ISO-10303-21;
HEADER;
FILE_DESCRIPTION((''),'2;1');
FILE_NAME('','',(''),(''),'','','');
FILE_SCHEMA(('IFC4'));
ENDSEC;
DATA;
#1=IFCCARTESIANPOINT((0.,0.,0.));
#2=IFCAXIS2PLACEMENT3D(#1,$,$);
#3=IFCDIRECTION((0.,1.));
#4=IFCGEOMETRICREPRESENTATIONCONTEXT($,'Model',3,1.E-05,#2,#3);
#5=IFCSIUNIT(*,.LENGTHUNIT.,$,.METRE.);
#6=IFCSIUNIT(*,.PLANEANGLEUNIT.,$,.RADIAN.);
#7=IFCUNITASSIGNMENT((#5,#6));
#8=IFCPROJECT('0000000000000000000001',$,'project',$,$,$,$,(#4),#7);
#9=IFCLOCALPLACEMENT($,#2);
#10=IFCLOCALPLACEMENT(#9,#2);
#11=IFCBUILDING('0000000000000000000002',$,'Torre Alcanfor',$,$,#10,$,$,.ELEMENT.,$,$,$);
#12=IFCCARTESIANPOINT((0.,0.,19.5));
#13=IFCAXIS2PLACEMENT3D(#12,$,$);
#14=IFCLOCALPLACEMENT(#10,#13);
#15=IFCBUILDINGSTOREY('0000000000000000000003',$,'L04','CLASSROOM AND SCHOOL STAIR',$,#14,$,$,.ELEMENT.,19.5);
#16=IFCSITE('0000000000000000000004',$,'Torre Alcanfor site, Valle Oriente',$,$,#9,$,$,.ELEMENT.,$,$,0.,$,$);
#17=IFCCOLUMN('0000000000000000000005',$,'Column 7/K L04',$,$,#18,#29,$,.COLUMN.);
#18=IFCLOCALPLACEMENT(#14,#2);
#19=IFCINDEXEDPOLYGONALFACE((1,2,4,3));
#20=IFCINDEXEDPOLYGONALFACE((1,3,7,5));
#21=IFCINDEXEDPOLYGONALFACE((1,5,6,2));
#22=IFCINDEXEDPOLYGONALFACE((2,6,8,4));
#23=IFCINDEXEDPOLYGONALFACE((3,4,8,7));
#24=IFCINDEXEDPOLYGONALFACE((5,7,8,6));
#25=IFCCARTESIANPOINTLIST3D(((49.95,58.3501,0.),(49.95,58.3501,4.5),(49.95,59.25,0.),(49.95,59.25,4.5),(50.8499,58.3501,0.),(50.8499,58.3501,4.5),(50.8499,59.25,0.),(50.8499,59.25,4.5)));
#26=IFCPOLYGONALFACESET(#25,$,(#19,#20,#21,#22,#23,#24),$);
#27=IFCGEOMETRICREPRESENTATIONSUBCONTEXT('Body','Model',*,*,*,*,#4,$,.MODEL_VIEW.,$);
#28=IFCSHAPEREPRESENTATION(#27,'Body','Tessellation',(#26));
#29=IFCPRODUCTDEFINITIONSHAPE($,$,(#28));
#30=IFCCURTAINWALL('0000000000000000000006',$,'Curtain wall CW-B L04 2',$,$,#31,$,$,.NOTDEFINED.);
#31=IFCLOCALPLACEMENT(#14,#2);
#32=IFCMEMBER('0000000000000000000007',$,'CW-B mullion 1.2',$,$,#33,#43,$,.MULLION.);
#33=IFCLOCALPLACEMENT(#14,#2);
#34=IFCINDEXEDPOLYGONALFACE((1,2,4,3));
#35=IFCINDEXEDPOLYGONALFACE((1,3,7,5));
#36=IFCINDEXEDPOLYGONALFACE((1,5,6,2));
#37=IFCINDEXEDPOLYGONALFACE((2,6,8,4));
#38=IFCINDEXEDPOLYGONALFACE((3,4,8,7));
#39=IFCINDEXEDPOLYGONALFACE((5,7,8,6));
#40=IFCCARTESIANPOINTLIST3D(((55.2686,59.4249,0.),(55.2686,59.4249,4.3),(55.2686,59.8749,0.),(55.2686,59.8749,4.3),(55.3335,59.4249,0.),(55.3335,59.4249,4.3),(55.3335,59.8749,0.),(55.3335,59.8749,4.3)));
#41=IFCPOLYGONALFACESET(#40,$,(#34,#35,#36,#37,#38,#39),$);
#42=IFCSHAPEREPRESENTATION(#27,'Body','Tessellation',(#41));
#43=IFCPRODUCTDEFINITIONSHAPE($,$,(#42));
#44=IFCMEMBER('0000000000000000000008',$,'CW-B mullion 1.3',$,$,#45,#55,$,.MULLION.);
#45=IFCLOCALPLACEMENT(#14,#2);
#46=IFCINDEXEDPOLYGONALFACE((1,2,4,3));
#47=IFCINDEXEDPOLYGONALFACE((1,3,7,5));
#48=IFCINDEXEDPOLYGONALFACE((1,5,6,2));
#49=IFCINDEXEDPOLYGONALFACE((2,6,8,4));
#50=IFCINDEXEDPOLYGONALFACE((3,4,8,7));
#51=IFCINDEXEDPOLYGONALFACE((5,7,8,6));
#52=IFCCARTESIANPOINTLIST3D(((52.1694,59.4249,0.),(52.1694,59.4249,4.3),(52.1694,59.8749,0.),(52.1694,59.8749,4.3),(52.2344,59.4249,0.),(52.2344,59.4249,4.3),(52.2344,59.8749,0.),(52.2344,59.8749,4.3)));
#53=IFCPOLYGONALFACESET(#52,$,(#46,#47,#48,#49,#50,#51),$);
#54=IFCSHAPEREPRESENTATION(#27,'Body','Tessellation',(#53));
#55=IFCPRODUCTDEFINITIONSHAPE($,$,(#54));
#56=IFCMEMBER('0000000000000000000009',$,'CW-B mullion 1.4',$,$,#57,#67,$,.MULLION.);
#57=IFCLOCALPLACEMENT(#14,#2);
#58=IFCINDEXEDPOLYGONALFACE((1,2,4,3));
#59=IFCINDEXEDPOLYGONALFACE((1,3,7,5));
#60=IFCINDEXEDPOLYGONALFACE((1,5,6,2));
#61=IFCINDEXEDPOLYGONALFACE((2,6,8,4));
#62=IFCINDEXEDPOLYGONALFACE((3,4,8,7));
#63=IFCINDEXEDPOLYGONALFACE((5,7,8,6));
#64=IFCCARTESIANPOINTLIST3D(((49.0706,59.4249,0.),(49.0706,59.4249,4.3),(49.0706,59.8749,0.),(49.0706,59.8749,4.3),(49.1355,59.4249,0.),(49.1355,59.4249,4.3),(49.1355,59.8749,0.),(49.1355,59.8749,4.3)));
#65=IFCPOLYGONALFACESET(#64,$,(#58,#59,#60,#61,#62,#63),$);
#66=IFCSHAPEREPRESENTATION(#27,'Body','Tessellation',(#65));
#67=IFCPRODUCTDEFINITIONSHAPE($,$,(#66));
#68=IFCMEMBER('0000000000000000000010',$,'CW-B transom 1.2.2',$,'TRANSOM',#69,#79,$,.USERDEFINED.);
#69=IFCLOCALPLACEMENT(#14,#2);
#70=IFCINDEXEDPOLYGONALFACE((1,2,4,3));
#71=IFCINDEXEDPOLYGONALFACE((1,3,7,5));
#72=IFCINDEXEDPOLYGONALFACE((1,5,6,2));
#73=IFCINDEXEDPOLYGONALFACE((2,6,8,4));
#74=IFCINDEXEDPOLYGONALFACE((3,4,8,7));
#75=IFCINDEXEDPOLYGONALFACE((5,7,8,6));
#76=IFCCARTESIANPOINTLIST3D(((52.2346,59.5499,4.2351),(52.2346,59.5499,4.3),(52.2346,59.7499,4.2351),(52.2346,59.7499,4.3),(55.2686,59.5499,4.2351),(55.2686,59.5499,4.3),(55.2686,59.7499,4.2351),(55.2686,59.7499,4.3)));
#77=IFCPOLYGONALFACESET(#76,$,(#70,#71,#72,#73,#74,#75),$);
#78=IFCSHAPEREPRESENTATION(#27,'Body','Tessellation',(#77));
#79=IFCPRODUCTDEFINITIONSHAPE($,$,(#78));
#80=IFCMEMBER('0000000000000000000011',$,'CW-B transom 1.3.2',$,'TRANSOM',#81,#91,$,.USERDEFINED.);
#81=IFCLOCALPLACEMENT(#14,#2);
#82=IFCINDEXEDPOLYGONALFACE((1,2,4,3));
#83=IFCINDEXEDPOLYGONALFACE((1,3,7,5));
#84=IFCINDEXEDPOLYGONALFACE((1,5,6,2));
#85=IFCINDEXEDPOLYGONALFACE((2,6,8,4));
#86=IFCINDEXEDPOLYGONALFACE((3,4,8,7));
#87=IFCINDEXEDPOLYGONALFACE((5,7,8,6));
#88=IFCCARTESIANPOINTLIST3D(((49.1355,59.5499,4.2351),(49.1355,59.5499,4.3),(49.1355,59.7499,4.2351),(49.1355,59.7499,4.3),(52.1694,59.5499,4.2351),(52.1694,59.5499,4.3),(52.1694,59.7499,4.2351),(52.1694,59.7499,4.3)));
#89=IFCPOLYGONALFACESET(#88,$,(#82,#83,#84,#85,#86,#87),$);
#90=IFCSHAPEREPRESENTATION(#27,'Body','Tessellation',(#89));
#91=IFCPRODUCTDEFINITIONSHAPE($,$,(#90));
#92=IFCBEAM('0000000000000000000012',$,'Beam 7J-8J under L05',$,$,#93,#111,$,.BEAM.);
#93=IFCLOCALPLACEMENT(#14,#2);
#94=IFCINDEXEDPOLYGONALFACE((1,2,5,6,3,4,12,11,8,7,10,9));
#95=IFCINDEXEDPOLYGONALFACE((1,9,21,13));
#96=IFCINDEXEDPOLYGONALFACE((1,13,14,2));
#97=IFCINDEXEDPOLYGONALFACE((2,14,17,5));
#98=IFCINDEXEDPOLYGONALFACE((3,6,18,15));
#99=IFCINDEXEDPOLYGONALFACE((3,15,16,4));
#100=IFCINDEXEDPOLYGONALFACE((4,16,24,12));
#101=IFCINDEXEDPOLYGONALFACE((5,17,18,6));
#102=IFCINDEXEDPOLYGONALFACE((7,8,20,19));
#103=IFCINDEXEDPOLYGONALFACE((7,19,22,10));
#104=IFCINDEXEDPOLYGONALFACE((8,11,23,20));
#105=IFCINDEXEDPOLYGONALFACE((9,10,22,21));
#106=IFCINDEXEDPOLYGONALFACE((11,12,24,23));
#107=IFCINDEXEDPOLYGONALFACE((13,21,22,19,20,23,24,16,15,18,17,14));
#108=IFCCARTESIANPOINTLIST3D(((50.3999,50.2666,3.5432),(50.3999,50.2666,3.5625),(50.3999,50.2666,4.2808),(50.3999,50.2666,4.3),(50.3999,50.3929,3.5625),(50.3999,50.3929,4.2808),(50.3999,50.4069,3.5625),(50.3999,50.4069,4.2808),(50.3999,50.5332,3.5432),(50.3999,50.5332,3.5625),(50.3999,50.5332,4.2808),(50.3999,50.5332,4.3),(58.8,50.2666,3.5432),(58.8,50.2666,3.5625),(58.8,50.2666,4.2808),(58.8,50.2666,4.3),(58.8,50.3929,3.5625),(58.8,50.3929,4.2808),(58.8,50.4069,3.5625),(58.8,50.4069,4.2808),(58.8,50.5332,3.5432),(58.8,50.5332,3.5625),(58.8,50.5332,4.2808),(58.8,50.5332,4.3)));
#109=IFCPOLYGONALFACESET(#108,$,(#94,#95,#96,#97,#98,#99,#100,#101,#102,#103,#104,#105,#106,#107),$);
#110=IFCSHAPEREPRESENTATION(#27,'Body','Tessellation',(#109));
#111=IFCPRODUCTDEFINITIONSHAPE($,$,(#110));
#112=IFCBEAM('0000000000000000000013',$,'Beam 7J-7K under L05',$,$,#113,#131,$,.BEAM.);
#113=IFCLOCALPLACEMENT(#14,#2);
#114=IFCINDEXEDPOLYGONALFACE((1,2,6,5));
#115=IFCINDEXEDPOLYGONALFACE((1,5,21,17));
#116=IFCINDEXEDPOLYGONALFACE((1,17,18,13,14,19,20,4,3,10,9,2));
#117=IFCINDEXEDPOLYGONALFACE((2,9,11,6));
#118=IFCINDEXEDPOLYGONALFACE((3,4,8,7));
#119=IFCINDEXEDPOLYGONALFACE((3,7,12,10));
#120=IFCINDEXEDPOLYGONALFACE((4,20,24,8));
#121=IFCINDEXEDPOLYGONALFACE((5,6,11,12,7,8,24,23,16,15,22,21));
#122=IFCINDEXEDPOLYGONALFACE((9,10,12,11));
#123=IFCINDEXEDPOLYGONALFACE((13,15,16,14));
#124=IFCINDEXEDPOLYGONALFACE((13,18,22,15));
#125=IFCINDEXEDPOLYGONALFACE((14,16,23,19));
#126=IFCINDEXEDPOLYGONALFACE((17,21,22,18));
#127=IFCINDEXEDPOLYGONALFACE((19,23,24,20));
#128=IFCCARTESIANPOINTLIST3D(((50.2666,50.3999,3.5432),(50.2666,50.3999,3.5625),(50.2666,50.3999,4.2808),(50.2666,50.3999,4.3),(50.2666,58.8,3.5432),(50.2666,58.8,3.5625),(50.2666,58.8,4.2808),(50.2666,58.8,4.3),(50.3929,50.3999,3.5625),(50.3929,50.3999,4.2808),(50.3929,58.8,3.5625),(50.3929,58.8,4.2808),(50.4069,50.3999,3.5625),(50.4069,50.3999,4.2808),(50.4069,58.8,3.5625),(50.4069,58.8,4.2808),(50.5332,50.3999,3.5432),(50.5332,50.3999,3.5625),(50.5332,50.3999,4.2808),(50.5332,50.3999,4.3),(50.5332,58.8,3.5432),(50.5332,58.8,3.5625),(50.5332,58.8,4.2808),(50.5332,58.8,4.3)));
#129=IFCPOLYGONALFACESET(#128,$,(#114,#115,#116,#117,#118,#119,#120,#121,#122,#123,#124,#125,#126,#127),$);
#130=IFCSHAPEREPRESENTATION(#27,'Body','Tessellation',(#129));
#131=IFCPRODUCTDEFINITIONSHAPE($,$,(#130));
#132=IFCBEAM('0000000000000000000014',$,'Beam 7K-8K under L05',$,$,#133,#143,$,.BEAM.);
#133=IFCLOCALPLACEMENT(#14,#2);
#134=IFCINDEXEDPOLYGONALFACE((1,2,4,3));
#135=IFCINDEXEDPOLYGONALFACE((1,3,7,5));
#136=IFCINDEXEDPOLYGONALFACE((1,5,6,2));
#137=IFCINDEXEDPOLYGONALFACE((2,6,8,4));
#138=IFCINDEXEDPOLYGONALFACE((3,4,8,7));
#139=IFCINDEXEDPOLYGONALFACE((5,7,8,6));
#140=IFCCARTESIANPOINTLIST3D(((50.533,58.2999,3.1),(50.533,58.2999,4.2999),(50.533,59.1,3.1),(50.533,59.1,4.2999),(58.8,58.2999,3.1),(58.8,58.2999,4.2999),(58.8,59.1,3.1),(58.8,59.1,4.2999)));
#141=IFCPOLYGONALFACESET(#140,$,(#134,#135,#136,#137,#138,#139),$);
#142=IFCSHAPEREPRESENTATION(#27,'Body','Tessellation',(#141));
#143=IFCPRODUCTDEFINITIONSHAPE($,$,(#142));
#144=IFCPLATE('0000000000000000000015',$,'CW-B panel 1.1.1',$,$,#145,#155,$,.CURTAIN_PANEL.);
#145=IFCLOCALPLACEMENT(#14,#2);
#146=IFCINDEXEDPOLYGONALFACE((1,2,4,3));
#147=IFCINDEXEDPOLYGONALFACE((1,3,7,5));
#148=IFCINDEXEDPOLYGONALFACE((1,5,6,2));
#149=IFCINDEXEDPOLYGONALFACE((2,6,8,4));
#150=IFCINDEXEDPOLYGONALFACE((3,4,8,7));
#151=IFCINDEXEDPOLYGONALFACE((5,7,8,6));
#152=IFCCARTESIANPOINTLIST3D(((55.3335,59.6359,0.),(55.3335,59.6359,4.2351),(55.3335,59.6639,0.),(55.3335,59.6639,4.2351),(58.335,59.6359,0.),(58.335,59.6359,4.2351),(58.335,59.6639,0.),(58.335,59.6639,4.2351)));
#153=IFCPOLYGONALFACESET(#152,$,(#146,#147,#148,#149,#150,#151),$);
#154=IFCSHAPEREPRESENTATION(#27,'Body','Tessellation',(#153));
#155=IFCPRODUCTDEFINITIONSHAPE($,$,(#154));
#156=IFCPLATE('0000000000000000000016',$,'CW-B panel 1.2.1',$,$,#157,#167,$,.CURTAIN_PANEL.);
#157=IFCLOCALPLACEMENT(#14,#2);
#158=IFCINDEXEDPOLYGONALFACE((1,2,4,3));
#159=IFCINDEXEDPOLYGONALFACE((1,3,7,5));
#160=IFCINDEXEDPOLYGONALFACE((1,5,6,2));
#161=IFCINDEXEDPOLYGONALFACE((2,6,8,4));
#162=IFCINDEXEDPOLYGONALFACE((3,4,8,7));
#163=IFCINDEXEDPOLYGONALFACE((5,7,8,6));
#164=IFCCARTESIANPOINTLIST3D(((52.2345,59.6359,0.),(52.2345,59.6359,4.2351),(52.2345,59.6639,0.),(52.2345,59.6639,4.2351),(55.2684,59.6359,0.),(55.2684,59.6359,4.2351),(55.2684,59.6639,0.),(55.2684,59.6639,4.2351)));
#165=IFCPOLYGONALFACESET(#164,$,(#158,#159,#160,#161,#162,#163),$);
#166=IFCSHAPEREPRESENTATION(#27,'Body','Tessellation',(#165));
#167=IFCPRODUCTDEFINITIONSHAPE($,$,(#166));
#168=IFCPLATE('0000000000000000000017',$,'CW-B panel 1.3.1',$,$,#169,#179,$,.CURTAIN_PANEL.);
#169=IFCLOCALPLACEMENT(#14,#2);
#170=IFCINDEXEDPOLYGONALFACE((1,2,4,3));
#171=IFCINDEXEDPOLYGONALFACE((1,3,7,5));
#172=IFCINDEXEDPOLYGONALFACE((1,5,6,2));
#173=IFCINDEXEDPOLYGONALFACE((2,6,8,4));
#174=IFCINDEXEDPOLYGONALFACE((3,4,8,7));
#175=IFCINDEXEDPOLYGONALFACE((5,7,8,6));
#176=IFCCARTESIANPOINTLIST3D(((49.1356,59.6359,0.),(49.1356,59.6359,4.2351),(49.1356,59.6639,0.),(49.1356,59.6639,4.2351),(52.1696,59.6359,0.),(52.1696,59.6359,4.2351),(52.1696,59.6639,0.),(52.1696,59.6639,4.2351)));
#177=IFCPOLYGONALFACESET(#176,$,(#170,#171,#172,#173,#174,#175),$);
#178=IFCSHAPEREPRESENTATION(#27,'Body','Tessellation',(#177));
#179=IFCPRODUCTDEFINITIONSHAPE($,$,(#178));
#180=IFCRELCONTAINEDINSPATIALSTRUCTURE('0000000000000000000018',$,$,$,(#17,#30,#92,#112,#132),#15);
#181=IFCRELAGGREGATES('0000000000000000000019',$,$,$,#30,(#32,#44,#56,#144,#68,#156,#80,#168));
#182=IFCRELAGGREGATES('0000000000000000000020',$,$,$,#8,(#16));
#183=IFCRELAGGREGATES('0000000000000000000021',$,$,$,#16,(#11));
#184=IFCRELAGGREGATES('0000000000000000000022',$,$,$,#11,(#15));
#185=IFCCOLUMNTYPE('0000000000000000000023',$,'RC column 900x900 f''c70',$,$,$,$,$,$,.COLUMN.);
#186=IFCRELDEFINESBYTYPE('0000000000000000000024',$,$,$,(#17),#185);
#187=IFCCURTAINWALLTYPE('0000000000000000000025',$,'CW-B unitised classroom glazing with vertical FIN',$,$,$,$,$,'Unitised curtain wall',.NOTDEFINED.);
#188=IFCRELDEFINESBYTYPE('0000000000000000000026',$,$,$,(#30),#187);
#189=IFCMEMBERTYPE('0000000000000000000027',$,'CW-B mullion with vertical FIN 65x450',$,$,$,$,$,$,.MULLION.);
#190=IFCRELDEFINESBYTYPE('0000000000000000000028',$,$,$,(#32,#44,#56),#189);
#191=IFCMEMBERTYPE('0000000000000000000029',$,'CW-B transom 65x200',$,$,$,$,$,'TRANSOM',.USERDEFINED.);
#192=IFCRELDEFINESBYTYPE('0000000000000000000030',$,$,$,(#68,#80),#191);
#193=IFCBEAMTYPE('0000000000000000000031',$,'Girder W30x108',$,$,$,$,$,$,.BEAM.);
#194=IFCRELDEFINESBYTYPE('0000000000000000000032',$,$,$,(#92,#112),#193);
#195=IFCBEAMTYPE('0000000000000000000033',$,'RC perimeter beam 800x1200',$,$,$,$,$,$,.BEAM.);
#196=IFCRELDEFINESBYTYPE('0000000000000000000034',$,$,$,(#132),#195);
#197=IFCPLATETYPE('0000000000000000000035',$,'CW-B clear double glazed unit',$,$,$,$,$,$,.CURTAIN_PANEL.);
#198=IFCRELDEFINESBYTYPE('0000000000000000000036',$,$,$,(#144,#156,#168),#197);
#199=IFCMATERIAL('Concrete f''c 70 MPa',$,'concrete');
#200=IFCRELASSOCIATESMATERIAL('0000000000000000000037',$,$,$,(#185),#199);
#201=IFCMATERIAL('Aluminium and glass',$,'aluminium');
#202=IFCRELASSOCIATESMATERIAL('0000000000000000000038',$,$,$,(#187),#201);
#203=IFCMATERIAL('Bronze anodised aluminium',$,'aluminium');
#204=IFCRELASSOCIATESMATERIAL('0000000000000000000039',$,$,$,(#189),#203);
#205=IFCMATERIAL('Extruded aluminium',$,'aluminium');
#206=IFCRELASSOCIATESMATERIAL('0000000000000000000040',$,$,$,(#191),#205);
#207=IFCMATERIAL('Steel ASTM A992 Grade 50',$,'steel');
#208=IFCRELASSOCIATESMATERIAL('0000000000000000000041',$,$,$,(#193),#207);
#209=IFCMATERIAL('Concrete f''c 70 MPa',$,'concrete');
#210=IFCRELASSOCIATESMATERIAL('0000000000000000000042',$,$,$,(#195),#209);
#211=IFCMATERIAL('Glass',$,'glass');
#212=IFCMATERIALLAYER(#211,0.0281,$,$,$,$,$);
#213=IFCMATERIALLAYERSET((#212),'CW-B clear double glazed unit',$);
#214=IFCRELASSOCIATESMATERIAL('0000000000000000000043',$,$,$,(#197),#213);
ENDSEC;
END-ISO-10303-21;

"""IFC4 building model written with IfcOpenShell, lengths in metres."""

from ifc_helpers import new_model, si_unit, direction, frame, origin, origin_2d, place, context, subcontext, project, spatial, rectangle, i_section, extrude, material, layer, layer_set, material_profile, profile_set, type_object, element, aggregate, save


model = new_model("IFC4")

# Units and contexts
model_context = context("Model", 3, precision=1e-05, world=origin(), true_north=direction((0.0, 1.0)))
body_context = subcontext(model_context, "Body", "Model", "MODEL_VIEW")
ifc_project = project(units=[si_unit("LENGTHUNIT", "METRE"), si_unit("PLANEANGLEUNIT", "RADIAN")], contexts=[model_context])

# Site, building, storey
site_placement = place(None, origin())
site = spatial("IfcSite", under=ifc_project, at=site_placement, Name="Torre Alcanfor site, Valle Oriente", CompositionType="ELEMENT", RefElevation=0.0)
building_placement = place(site_placement, origin())
building = spatial("IfcBuilding", under=site, at=building_placement, Name="Torre Alcanfor", CompositionType="ELEMENT")
storey_placement = place(building_placement, frame((0.0, 0.0, 19.5)))
storey = spatial("IfcBuildingStorey", under=building, at=storey_placement, Name="L04", Description="CLASSROOM AND SCHOOL STAIR", CompositionType="ELEMENT", Elevation=19.5)

# Column
ifc_material_1 = material(Name="Concrete f'c 70 MPa", Category="concrete")
ifc_material_profile_1 = material_profile(ifc_material_1, rectangle(XDim=0.8999, YDim=0.8999, at=origin_2d()), Name="900x900")
ifc_profile_set_1 = profile_set([ifc_material_profile_1], Name="Concrete f'c 70 MPa")
column_type = type_object("IfcColumnType", Name="RC column 900x900 f'c70", PredefinedType="COLUMN", material=ifc_profile_set_1)
column_placement = place(storey_placement, frame((50.3999, 58.8, 0.0), z_axis=(0.0, 0.0, 1.0), x_axis=(1.0, 0.0, 0.0)))
element("IfcColumn", 1, at=column_placement, inside=storey, type_object=column_type, Name="Column 7/K L04", PredefinedType="COLUMN", context=body_context, shape_type="SweptSolid", body=[
    extrude(rectangle(XDim=0.8999, YDim=0.8999, at=origin_2d()), origin(), (0.0, 0.0, 1.0), 4.5),
])

# Curtain wall, members
ifc_material_2 = material(Name="Aluminium and glass", Category="aluminium")
curtain_wall_type = type_object("IfcCurtainWallType", Name="CW-B unitised classroom glazing with vertical FIN", ElementType="Unitised curtain wall", PredefinedType="NOTDEFINED", material=ifc_material_2)
curtain_wall_placement = place(storey_placement, origin())
curtain_wall = element("IfcCurtainWall", 2, at=curtain_wall_placement, inside=storey, type_object=curtain_wall_type, Name="Curtain wall CW-B L04 2", PredefinedType="NOTDEFINED")
ifc_material_3 = material(Name="Bronze anodised aluminium", Category="aluminium")
ifc_material_profile_2 = material_profile(ifc_material_3, rectangle(XDim=0.45, YDim=0.0649, at=origin_2d()), Name="CW-B mullion 65x450")
ifc_profile_set_2 = profile_set([ifc_material_profile_2], Name="Bronze anodised aluminium")
member_type_1 = type_object("IfcMemberType", Name="CW-B mullion with vertical FIN 65x450", PredefinedType="MULLION", material=ifc_profile_set_2)
member_1_placement = place(storey_placement, frame((55.301, 59.6499, 0.0), z_axis=(0.0, 0.0, 1.0), x_axis=(0.0, -1.0, 0.0)))
member_1 = element("IfcMember", 3, at=member_1_placement, type_object=member_type_1, Name="CW-B mullion 1.2", PredefinedType="MULLION", context=body_context, shape_type="SweptSolid", body=[
    extrude(rectangle(XDim=0.45, YDim=0.0649, at=origin_2d()), origin(), (0.0, 0.0, 1.0), 4.3),
])
member_2_placement = place(storey_placement, frame((52.2019, 59.6499, 0.0), z_axis=(0.0, 0.0, 1.0), x_axis=(0.0, -1.0, 0.0)))
member_2 = element("IfcMember", 4, at=member_2_placement, type_object=member_type_1, Name="CW-B mullion 1.3", PredefinedType="MULLION", context=body_context, shape_type="SweptSolid", body=[
    extrude(rectangle(XDim=0.45, YDim=0.0649, at=origin_2d()), origin(), (0.0, 0.0, 1.0), 4.3),
])
member_3_placement = place(storey_placement, frame((49.103, 59.6499, 0.0), z_axis=(0.0, 0.0, 1.0), x_axis=(0.0, -1.0, 0.0)))
member_3 = element("IfcMember", 5, at=member_3_placement, type_object=member_type_1, Name="CW-B mullion 1.4", PredefinedType="MULLION", context=body_context, shape_type="SweptSolid", body=[
    extrude(rectangle(XDim=0.45, YDim=0.0649, at=origin_2d()), origin(), (0.0, 0.0, 1.0), 4.3),
])
ifc_material_4 = material(Name="Extruded aluminium", Category="aluminium")
ifc_material_profile_3 = material_profile(ifc_material_4, rectangle(XDim=0.2, YDim=0.0649, at=origin_2d()), Name="CW-B transom 200x65")
ifc_profile_set_3 = profile_set([ifc_material_profile_3], Name="Extruded aluminium")
member_type_2 = type_object("IfcMemberType", Name="CW-B transom 65x200", ElementType="TRANSOM", PredefinedType="USERDEFINED", material=ifc_profile_set_3)
member_4_placement = place(storey_placement, frame((55.2686, 59.6499, 4.2676), z_axis=(-1.0, 0.0, 0.0), x_axis=(0.0, -1.0, 0.0)))
member_4 = element("IfcMember", 6, at=member_4_placement, type_object=member_type_2, Name="CW-B transom 1.2.2", ObjectType="TRANSOM", PredefinedType="USERDEFINED", context=body_context, shape_type="SweptSolid", body=[
    extrude(rectangle(XDim=0.2, YDim=0.0649, at=origin_2d()), origin(), (0.0, 0.0, 1.0), 3.0339),
])
member_5_placement = place(storey_placement, frame((52.1694, 59.6499, 4.2676), z_axis=(-1.0, 0.0, 0.0), x_axis=(0.0, -1.0, 0.0)))
member_5 = element("IfcMember", 7, at=member_5_placement, type_object=member_type_2, Name="CW-B transom 1.3.2", ObjectType="TRANSOM", PredefinedType="USERDEFINED", context=body_context, shape_type="SweptSolid", body=[
    extrude(rectangle(XDim=0.2, YDim=0.0649, at=origin_2d()), origin(), (0.0, 0.0, 1.0), 3.0339),
])

# Beams
ifc_material_5 = material(Name="Steel ASTM A992 Grade 50", Category="steel")
ifc_material_profile_4 = material_profile(ifc_material_5, i_section(OverallWidth=0.2666, OverallDepth=0.7568, WebThickness=0.0139, FlangeThickness=0.0193, at=origin_2d()), Name="W30x108")
ifc_profile_set_4 = profile_set([ifc_material_profile_4], Name="Steel ASTM A992 Grade 50")
beam_type_1 = type_object("IfcBeamType", Name="Girder W30x108", PredefinedType="BEAM", material=ifc_profile_set_4)
for number, where, z_axis, x_axis, name in (
    (8, (50.3999, 50.3999, 3.9216), (1.0, 0.0, 0.0), (0.0, 1.0, 0.0), "Beam 7J-8J under L05"),
    (9, (50.3999, 50.3999, 3.9216), (0.0, 1.0, 0.0), (-1.0, 0.0, 0.0), "Beam 7J-7K under L05"),
):
    element("IfcBeam", number, at=place(storey_placement, frame(where, z_axis=z_axis, x_axis=x_axis)), inside=storey, type_object=beam_type_1, Name=name, PredefinedType="BEAM", context=body_context, shape_type="SweptSolid", body=[
        extrude(i_section(OverallWidth=0.2666, OverallDepth=0.7568, WebThickness=0.0139, FlangeThickness=0.0193, at=origin_2d()), origin(), (0.0, 0.0, 1.0), 8.4001),
    ])
ifc_material_6 = material(Name="Concrete f'c 70 MPa", Category="concrete")
ifc_material_profile_5 = material_profile(ifc_material_6, rectangle(XDim=0.8, YDim=1.2, at=origin_2d()), Name="800x1200")
ifc_profile_set_5 = profile_set([ifc_material_profile_5], Name="Concrete f'c 70 MPa")
beam_type_2 = type_object("IfcBeamType", Name="RC perimeter beam 800x1200", PredefinedType="BEAM", material=ifc_profile_set_5)
beam_placement = place(storey_placement, frame((50.533, 58.7, 3.7), z_axis=(1.0, 0.0, 0.0), x_axis=(0.0, 1.0, 0.0)))
element("IfcBeam", 10, at=beam_placement, inside=storey, type_object=beam_type_2, Name="Beam 7K-8K under L05", PredefinedType="BEAM", context=body_context, shape_type="SweptSolid", body=[
    extrude(rectangle(XDim=0.8, YDim=1.2, at=origin_2d()), origin(), (0.0, 0.0, 1.0), 8.2671),
])

# Plates
ifc_material_7 = material(Name="Glass", Category="glass")
ifc_layer_1 = layer(ifc_material_7, 0.0281)
ifc_layer_set_1 = layer_set([ifc_layer_1], Name="CW-B clear double glazed unit")
plate_type = type_object("IfcPlateType", Name="CW-B clear double glazed unit", PredefinedType="CURTAIN_PANEL", material=ifc_layer_set_1)
plate_1_placement = place(storey_placement, frame((56.8342, 59.6499, 0.0), z_axis=(0.0, 0.0, 1.0), x_axis=(-1.0, 0.0, 0.0)))
plate_1 = element("IfcPlate", 11, at=plate_1_placement, type_object=plate_type, Name="CW-B panel 1.1.1", PredefinedType="CURTAIN_PANEL", context=body_context, shape_type="SweptSolid", body=[
    extrude(rectangle(XDim=3.0015, YDim=0.0281, at=origin_2d()), origin(), (0.0, 0.0, 1.0), 4.2351),
])
plate_2_placement = place(storey_placement, frame((53.7515, 59.6499, 0.0), z_axis=(0.0, 0.0, 1.0), x_axis=(-1.0, 0.0, 0.0)))
plate_2 = element("IfcPlate", 12, at=plate_2_placement, type_object=plate_type, Name="CW-B panel 1.2.1", PredefinedType="CURTAIN_PANEL", context=body_context, shape_type="SweptSolid", body=[
    extrude(rectangle(XDim=3.0339, YDim=0.0281, at=origin_2d()), origin(), (0.0, 0.0, 1.0), 4.2351),
])
plate_3_placement = place(storey_placement, frame((50.6526, 59.6499, 0.0), z_axis=(0.0, 0.0, 1.0), x_axis=(-1.0, 0.0, 0.0)))
plate_3 = element("IfcPlate", 13, at=plate_3_placement, type_object=plate_type, Name="CW-B panel 1.3.1", PredefinedType="CURTAIN_PANEL", context=body_context, shape_type="SweptSolid", body=[
    extrude(rectangle(XDim=3.0339, YDim=0.0281, at=origin_2d()), origin(), (0.0, 0.0, 1.0), 4.2351),
])
aggregate(curtain_wall, [member_1, member_2, member_3, plate_1, member_4, plate_2, member_5, plate_3])

save(model, "model.ifc")
